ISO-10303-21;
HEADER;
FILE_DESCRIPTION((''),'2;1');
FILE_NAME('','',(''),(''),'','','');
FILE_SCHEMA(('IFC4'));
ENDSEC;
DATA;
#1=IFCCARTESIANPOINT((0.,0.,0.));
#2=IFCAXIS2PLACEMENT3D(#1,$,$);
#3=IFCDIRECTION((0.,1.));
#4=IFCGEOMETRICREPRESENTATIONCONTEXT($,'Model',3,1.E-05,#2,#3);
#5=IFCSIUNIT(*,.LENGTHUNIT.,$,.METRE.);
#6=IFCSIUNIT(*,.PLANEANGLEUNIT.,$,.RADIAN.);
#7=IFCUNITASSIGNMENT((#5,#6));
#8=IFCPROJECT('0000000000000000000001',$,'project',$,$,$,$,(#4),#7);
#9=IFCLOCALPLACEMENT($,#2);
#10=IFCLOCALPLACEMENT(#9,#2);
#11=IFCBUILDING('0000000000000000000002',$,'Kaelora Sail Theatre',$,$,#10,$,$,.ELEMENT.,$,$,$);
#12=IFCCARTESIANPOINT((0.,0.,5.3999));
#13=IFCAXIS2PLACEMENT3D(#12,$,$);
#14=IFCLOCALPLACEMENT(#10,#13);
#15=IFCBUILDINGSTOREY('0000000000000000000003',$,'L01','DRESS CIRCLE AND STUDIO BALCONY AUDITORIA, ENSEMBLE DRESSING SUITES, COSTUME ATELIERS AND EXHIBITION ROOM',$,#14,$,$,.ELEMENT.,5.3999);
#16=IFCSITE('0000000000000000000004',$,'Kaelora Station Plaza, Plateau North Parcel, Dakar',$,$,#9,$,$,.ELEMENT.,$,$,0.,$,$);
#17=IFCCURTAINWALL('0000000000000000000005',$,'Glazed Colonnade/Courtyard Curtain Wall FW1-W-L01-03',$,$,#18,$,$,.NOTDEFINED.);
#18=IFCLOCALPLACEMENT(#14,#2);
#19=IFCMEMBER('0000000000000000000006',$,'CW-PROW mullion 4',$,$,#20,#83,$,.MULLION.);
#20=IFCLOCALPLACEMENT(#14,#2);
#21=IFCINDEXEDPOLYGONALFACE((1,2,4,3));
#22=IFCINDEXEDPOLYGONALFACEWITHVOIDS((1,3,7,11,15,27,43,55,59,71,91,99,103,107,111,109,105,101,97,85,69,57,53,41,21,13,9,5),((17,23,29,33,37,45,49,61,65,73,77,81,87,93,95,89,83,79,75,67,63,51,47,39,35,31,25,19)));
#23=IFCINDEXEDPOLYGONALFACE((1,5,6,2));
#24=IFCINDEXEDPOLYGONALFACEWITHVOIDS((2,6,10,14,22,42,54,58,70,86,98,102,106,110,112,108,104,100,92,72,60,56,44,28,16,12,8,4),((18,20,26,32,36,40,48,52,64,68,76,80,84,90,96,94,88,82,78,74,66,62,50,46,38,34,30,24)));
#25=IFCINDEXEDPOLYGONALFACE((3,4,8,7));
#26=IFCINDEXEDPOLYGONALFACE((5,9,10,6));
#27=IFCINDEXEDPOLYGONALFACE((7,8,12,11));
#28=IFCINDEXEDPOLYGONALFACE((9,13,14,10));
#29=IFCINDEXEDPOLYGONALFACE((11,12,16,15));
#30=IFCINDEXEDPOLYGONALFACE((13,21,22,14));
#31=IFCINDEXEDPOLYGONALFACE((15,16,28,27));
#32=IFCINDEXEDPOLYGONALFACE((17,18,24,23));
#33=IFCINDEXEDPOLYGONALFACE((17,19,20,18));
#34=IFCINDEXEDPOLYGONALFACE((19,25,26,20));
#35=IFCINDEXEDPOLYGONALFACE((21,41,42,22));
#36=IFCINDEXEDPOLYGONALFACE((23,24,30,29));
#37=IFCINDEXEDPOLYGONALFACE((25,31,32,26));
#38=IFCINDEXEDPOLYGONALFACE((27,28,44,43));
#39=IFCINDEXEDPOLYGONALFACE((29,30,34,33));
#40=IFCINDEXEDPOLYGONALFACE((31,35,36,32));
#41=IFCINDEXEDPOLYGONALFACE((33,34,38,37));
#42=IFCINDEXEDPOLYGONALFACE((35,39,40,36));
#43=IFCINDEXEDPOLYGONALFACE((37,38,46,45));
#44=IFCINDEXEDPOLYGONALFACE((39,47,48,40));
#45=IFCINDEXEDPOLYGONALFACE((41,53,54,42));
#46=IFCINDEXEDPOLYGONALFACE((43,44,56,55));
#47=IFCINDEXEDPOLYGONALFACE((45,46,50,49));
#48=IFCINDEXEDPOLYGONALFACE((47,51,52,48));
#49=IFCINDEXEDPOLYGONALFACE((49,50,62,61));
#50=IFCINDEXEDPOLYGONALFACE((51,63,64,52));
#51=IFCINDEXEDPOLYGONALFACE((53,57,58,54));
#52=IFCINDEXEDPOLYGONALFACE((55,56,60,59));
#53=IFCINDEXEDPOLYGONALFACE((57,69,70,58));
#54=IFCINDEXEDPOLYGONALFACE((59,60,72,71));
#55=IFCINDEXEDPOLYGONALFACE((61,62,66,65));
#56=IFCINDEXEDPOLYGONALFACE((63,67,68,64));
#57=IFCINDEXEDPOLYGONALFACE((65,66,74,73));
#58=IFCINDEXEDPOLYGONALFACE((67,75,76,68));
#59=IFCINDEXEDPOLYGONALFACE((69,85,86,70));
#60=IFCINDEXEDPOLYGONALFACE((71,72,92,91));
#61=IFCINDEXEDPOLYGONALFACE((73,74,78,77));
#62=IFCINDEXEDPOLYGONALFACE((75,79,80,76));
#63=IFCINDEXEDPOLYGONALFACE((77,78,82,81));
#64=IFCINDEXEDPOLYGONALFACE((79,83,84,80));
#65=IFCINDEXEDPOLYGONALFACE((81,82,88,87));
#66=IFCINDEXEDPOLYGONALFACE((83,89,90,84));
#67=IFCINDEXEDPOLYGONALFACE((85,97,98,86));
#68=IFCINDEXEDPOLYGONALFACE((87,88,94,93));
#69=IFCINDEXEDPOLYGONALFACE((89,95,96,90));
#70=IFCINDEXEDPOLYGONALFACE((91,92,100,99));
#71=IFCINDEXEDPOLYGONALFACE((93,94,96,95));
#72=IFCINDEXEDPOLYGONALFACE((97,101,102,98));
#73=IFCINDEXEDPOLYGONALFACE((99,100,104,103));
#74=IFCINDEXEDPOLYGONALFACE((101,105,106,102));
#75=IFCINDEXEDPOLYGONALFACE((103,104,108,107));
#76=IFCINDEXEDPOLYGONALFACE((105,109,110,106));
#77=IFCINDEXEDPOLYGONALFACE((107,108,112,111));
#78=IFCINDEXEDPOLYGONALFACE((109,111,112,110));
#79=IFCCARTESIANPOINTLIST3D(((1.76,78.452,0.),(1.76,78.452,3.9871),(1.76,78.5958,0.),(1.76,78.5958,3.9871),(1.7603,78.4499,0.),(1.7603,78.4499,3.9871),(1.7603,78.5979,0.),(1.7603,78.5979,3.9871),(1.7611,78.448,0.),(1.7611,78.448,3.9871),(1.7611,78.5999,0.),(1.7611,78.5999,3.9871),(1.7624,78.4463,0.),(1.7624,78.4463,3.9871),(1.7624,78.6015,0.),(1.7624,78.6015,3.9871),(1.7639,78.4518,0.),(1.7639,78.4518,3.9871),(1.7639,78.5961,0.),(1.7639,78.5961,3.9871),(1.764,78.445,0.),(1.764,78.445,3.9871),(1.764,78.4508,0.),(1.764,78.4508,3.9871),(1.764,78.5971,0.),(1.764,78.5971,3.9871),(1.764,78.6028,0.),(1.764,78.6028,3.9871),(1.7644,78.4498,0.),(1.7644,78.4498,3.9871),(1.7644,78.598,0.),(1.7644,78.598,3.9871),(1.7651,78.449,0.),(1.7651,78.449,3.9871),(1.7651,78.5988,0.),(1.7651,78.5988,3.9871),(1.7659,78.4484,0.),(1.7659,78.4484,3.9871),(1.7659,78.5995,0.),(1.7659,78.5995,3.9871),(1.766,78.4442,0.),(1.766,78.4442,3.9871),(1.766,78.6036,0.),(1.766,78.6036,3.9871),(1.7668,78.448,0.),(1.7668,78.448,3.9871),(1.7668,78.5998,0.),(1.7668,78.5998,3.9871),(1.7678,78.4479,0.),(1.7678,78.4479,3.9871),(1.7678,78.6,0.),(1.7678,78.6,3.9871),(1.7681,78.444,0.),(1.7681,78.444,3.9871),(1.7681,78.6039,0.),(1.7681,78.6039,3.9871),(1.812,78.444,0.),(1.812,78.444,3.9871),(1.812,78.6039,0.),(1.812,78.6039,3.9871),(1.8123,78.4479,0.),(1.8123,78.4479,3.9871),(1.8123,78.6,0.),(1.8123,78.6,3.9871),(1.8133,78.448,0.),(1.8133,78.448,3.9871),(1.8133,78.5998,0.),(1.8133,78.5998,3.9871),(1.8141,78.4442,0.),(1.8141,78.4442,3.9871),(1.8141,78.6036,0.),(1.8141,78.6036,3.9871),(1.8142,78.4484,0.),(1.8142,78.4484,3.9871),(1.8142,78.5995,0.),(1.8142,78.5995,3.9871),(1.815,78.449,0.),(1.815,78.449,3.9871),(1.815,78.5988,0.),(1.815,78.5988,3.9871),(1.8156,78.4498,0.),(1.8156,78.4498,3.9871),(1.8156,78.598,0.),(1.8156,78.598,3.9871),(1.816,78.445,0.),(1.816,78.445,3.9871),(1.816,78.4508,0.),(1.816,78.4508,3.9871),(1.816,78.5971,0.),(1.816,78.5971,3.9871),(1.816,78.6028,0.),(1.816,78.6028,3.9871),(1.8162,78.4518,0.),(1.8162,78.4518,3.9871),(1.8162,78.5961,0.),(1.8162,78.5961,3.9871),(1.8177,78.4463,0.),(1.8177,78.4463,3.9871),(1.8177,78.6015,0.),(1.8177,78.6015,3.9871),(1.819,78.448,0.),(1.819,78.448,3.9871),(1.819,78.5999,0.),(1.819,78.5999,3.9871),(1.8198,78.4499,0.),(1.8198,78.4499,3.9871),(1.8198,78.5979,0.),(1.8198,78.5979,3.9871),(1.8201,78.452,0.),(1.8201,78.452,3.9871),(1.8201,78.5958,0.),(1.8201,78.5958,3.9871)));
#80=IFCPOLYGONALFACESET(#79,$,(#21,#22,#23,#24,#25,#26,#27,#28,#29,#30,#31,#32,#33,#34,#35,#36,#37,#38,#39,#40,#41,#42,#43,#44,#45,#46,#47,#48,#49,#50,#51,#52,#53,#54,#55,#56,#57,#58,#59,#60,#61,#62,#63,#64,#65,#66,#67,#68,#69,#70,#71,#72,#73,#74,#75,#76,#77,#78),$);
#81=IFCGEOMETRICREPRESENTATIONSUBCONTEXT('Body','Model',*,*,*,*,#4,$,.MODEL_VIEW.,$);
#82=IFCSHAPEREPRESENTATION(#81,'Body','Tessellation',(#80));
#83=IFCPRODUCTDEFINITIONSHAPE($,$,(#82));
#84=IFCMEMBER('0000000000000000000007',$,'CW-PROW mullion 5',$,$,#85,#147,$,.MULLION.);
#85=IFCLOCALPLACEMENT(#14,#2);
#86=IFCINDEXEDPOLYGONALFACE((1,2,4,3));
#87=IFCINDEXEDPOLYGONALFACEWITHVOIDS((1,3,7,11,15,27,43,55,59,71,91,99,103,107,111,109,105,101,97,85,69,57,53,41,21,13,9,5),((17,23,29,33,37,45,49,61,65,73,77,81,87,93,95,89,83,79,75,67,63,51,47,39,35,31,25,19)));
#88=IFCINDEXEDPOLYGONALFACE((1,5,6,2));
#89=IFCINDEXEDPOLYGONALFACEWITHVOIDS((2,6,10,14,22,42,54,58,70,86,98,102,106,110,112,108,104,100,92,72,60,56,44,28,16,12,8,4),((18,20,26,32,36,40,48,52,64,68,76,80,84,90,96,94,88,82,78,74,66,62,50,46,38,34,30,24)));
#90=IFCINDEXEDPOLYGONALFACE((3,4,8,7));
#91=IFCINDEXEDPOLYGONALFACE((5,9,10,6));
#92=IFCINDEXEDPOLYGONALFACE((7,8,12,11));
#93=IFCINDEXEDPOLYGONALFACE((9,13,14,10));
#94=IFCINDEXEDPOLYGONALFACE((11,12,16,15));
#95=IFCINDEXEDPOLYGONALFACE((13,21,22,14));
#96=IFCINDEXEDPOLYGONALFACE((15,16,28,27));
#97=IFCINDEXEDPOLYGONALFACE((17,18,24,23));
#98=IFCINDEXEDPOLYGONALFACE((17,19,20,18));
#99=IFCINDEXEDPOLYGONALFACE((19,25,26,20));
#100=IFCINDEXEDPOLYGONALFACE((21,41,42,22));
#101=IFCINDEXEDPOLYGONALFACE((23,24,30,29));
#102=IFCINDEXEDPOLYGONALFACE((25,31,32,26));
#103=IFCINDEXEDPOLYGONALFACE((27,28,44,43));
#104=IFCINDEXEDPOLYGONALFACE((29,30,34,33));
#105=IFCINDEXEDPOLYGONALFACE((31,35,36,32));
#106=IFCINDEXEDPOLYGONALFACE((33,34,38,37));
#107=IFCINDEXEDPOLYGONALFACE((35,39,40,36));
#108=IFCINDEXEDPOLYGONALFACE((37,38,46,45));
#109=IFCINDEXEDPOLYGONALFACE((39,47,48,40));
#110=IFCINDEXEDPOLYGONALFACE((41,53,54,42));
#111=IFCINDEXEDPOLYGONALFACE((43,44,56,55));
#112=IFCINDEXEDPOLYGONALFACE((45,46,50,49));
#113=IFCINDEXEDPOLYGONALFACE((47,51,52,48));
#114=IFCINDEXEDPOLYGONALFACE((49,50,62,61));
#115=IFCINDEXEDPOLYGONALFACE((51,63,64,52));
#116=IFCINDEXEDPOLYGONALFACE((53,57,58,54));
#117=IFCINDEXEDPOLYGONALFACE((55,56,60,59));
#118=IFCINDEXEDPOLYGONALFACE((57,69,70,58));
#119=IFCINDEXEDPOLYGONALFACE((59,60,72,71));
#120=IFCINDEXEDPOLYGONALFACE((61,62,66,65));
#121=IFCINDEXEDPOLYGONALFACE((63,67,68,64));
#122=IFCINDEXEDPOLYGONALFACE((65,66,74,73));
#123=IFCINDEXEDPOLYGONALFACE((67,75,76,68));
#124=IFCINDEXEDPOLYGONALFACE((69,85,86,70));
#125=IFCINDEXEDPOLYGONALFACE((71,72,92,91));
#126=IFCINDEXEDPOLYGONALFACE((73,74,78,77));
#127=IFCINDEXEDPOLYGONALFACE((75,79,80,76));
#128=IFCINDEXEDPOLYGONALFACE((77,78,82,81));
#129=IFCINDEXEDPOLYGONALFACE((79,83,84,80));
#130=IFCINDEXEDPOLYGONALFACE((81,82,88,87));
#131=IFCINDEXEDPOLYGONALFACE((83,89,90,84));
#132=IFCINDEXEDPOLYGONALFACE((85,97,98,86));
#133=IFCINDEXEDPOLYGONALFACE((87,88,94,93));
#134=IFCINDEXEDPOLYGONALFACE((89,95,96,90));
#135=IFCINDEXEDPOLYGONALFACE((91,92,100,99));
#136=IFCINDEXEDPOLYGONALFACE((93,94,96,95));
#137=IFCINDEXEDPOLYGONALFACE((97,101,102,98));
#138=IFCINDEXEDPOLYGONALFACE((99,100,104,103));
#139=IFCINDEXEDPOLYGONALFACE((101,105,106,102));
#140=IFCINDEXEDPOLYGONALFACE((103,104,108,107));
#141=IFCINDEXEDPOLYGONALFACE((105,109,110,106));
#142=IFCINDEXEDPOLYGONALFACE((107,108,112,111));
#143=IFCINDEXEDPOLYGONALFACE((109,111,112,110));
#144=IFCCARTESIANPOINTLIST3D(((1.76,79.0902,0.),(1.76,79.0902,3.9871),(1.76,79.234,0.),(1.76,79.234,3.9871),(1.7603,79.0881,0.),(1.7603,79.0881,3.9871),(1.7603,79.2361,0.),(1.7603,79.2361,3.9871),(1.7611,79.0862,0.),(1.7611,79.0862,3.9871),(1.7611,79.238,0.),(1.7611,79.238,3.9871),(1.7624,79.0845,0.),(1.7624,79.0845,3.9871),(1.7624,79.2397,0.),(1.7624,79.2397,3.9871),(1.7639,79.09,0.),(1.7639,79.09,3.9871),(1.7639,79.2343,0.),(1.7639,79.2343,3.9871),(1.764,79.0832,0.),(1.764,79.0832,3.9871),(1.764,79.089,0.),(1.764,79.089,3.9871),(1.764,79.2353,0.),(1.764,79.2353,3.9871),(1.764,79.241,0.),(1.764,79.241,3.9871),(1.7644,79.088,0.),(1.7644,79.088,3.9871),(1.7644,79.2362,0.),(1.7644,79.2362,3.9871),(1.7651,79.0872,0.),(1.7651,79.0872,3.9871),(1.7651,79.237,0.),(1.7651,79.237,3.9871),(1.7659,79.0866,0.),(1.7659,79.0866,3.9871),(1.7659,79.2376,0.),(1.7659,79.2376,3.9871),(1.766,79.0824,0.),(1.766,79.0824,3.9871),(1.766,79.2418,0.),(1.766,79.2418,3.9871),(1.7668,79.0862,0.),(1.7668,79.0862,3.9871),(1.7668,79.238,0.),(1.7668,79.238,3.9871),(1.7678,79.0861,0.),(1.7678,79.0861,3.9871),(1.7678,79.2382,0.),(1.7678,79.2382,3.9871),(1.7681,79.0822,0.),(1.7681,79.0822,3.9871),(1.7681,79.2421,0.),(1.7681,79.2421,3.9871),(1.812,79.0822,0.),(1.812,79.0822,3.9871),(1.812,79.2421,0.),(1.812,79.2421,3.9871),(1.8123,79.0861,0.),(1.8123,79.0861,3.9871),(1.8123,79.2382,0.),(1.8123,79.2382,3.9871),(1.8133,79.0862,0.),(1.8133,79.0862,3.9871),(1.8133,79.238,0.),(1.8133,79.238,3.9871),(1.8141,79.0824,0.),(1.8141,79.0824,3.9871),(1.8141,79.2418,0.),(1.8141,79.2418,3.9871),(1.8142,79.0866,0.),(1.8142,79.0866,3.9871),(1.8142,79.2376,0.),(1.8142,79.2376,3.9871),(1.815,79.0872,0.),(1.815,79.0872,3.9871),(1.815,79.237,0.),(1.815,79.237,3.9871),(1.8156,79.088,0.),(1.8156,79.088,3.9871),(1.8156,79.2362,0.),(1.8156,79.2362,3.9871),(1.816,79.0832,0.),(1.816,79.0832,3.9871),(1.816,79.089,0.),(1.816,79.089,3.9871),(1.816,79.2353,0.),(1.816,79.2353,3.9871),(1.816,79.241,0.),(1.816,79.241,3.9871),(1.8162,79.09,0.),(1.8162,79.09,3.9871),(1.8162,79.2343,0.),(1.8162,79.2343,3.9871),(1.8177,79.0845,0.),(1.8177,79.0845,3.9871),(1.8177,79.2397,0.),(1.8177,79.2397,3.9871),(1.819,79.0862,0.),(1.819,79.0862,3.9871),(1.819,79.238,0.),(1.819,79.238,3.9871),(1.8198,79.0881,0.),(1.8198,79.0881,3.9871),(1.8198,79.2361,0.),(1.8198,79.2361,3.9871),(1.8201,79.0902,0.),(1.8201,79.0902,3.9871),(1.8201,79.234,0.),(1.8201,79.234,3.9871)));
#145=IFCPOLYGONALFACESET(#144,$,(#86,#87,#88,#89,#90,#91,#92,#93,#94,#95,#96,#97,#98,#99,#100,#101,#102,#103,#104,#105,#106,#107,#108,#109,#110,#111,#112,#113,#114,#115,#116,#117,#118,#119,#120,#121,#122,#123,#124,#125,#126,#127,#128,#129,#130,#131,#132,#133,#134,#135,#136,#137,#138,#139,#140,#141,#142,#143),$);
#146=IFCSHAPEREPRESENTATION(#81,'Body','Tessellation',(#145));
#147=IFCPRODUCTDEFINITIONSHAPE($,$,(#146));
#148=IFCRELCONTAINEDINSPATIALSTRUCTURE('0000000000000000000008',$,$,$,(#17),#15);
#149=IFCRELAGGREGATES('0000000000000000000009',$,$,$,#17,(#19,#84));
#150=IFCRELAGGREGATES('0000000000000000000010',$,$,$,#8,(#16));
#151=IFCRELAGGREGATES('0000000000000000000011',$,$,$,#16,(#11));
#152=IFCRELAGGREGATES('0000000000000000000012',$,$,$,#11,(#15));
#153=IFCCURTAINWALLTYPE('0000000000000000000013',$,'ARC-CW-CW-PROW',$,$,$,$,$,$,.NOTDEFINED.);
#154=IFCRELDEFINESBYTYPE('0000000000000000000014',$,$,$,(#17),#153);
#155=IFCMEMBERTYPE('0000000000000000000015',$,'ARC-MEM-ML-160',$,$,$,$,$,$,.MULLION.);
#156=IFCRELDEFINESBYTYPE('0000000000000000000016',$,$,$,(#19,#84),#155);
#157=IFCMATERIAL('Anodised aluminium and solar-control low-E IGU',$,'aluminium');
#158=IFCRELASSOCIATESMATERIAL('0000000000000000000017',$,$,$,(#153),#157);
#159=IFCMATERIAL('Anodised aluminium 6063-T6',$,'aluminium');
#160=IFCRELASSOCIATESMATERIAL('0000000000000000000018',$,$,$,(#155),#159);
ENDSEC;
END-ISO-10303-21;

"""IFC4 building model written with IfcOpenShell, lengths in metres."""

from ifc_helpers import new_model, si_unit, direction, frame, origin, origin_2d, place, context, subcontext, project, spatial, hollow_rectangle, extrude, material, material_profile, profile_set, type_object, element, aggregate, save


model = new_model("IFC4")

# Units and contexts
model_context = context("Model", 3, precision=1e-05, world=origin(), true_north=direction((0.0, 1.0)))
body_context = subcontext(model_context, "Body", "Model", "MODEL_VIEW")
ifc_project = project(units=[si_unit("LENGTHUNIT", "METRE"), si_unit("PLANEANGLEUNIT", "RADIAN")], contexts=[model_context])

# Site, building, storey
site_placement = place(None, origin())
site = spatial("IfcSite", under=ifc_project, at=site_placement, Name="Kaelora Station Plaza, Plateau North Parcel, Dakar", CompositionType="ELEMENT", RefElevation=0.0)
building_placement = place(site_placement, origin())
building = spatial("IfcBuilding", under=site, at=building_placement, Name="Kaelora Sail Theatre", CompositionType="ELEMENT")
storey_placement = place(building_placement, frame((0.0, 0.0, 5.3999)))
storey = spatial("IfcBuildingStorey", under=building, at=storey_placement, Name="L01", Description="DRESS CIRCLE AND STUDIO BALCONY AUDITORIA, ENSEMBLE DRESSING SUITES, COSTUME ATELIERS AND EXHIBITION ROOM", CompositionType="ELEMENT", Elevation=5.3999)

# Curtain wall, members
ifc_material_1 = material(Name="Anodised aluminium and solar-control low-E IGU", Category="aluminium")
curtain_wall_type = type_object("IfcCurtainWallType", Name="ARC-CW-CW-PROW", PredefinedType="NOTDEFINED", material=ifc_material_1)
curtain_wall_placement = place(storey_placement, origin())
curtain_wall = element("IfcCurtainWall", 1, at=curtain_wall_placement, inside=storey, type_object=curtain_wall_type, Name="Glazed Colonnade/Courtyard Curtain Wall FW1-W-L01-03", PredefinedType="NOTDEFINED")
ifc_material_2 = material(Name="Anodised aluminium 6063-T6", Category="aluminium")
ifc_material_profile_1 = material_profile(ifc_material_2, hollow_rectangle(XDim=0.0601, YDim=0.1599, WallThickness=0.0039, InnerFilletRadius=0.0039, OuterFilletRadius=0.0081, at=origin_2d()), Name="ALU-MULL 60x160x4")
ifc_profile_set_1 = profile_set([ifc_material_profile_1], Name="Anodised aluminium 6063-T6")
member_type_1 = type_object("IfcMemberType", Name="ARC-MEM-ML-160", PredefinedType="MULLION", material=ifc_profile_set_1)
member_1_placement = place(storey_placement, frame((1.79, 78.5239, 0.0), z_axis=(0.0, 0.0, 1.0), x_axis=(-1.0, 0.0, 0.0)))
member_1 = element("IfcMember", 2, at=member_1_placement, type_object=member_type_1, Name="CW-PROW mullion 4", PredefinedType="MULLION", context=body_context, shape_type="SweptSolid", body=[
    extrude(hollow_rectangle(XDim=0.0601, YDim=0.1599, WallThickness=0.0039, InnerFilletRadius=0.0039, OuterFilletRadius=0.0081, at=origin_2d()), origin(), (0.0, 0.0, 1.0), 3.9871),
])
member_2_placement = place(storey_placement, frame((1.79, 79.1621, 0.0), z_axis=(0.0, 0.0, 1.0), x_axis=(-1.0, 0.0, 0.0)))
member_2 = element("IfcMember", 3, at=member_2_placement, type_object=member_type_1, Name="CW-PROW mullion 5", PredefinedType="MULLION", context=body_context, shape_type="SweptSolid", body=[
    extrude(hollow_rectangle(XDim=0.0601, YDim=0.1599, WallThickness=0.0039, InnerFilletRadius=0.0039, OuterFilletRadius=0.0081, at=origin_2d()), origin(), (0.0, 0.0, 1.0), 3.9871),
])
aggregate(curtain_wall, [member_1, member_2])

save(model, "model.ifc")
